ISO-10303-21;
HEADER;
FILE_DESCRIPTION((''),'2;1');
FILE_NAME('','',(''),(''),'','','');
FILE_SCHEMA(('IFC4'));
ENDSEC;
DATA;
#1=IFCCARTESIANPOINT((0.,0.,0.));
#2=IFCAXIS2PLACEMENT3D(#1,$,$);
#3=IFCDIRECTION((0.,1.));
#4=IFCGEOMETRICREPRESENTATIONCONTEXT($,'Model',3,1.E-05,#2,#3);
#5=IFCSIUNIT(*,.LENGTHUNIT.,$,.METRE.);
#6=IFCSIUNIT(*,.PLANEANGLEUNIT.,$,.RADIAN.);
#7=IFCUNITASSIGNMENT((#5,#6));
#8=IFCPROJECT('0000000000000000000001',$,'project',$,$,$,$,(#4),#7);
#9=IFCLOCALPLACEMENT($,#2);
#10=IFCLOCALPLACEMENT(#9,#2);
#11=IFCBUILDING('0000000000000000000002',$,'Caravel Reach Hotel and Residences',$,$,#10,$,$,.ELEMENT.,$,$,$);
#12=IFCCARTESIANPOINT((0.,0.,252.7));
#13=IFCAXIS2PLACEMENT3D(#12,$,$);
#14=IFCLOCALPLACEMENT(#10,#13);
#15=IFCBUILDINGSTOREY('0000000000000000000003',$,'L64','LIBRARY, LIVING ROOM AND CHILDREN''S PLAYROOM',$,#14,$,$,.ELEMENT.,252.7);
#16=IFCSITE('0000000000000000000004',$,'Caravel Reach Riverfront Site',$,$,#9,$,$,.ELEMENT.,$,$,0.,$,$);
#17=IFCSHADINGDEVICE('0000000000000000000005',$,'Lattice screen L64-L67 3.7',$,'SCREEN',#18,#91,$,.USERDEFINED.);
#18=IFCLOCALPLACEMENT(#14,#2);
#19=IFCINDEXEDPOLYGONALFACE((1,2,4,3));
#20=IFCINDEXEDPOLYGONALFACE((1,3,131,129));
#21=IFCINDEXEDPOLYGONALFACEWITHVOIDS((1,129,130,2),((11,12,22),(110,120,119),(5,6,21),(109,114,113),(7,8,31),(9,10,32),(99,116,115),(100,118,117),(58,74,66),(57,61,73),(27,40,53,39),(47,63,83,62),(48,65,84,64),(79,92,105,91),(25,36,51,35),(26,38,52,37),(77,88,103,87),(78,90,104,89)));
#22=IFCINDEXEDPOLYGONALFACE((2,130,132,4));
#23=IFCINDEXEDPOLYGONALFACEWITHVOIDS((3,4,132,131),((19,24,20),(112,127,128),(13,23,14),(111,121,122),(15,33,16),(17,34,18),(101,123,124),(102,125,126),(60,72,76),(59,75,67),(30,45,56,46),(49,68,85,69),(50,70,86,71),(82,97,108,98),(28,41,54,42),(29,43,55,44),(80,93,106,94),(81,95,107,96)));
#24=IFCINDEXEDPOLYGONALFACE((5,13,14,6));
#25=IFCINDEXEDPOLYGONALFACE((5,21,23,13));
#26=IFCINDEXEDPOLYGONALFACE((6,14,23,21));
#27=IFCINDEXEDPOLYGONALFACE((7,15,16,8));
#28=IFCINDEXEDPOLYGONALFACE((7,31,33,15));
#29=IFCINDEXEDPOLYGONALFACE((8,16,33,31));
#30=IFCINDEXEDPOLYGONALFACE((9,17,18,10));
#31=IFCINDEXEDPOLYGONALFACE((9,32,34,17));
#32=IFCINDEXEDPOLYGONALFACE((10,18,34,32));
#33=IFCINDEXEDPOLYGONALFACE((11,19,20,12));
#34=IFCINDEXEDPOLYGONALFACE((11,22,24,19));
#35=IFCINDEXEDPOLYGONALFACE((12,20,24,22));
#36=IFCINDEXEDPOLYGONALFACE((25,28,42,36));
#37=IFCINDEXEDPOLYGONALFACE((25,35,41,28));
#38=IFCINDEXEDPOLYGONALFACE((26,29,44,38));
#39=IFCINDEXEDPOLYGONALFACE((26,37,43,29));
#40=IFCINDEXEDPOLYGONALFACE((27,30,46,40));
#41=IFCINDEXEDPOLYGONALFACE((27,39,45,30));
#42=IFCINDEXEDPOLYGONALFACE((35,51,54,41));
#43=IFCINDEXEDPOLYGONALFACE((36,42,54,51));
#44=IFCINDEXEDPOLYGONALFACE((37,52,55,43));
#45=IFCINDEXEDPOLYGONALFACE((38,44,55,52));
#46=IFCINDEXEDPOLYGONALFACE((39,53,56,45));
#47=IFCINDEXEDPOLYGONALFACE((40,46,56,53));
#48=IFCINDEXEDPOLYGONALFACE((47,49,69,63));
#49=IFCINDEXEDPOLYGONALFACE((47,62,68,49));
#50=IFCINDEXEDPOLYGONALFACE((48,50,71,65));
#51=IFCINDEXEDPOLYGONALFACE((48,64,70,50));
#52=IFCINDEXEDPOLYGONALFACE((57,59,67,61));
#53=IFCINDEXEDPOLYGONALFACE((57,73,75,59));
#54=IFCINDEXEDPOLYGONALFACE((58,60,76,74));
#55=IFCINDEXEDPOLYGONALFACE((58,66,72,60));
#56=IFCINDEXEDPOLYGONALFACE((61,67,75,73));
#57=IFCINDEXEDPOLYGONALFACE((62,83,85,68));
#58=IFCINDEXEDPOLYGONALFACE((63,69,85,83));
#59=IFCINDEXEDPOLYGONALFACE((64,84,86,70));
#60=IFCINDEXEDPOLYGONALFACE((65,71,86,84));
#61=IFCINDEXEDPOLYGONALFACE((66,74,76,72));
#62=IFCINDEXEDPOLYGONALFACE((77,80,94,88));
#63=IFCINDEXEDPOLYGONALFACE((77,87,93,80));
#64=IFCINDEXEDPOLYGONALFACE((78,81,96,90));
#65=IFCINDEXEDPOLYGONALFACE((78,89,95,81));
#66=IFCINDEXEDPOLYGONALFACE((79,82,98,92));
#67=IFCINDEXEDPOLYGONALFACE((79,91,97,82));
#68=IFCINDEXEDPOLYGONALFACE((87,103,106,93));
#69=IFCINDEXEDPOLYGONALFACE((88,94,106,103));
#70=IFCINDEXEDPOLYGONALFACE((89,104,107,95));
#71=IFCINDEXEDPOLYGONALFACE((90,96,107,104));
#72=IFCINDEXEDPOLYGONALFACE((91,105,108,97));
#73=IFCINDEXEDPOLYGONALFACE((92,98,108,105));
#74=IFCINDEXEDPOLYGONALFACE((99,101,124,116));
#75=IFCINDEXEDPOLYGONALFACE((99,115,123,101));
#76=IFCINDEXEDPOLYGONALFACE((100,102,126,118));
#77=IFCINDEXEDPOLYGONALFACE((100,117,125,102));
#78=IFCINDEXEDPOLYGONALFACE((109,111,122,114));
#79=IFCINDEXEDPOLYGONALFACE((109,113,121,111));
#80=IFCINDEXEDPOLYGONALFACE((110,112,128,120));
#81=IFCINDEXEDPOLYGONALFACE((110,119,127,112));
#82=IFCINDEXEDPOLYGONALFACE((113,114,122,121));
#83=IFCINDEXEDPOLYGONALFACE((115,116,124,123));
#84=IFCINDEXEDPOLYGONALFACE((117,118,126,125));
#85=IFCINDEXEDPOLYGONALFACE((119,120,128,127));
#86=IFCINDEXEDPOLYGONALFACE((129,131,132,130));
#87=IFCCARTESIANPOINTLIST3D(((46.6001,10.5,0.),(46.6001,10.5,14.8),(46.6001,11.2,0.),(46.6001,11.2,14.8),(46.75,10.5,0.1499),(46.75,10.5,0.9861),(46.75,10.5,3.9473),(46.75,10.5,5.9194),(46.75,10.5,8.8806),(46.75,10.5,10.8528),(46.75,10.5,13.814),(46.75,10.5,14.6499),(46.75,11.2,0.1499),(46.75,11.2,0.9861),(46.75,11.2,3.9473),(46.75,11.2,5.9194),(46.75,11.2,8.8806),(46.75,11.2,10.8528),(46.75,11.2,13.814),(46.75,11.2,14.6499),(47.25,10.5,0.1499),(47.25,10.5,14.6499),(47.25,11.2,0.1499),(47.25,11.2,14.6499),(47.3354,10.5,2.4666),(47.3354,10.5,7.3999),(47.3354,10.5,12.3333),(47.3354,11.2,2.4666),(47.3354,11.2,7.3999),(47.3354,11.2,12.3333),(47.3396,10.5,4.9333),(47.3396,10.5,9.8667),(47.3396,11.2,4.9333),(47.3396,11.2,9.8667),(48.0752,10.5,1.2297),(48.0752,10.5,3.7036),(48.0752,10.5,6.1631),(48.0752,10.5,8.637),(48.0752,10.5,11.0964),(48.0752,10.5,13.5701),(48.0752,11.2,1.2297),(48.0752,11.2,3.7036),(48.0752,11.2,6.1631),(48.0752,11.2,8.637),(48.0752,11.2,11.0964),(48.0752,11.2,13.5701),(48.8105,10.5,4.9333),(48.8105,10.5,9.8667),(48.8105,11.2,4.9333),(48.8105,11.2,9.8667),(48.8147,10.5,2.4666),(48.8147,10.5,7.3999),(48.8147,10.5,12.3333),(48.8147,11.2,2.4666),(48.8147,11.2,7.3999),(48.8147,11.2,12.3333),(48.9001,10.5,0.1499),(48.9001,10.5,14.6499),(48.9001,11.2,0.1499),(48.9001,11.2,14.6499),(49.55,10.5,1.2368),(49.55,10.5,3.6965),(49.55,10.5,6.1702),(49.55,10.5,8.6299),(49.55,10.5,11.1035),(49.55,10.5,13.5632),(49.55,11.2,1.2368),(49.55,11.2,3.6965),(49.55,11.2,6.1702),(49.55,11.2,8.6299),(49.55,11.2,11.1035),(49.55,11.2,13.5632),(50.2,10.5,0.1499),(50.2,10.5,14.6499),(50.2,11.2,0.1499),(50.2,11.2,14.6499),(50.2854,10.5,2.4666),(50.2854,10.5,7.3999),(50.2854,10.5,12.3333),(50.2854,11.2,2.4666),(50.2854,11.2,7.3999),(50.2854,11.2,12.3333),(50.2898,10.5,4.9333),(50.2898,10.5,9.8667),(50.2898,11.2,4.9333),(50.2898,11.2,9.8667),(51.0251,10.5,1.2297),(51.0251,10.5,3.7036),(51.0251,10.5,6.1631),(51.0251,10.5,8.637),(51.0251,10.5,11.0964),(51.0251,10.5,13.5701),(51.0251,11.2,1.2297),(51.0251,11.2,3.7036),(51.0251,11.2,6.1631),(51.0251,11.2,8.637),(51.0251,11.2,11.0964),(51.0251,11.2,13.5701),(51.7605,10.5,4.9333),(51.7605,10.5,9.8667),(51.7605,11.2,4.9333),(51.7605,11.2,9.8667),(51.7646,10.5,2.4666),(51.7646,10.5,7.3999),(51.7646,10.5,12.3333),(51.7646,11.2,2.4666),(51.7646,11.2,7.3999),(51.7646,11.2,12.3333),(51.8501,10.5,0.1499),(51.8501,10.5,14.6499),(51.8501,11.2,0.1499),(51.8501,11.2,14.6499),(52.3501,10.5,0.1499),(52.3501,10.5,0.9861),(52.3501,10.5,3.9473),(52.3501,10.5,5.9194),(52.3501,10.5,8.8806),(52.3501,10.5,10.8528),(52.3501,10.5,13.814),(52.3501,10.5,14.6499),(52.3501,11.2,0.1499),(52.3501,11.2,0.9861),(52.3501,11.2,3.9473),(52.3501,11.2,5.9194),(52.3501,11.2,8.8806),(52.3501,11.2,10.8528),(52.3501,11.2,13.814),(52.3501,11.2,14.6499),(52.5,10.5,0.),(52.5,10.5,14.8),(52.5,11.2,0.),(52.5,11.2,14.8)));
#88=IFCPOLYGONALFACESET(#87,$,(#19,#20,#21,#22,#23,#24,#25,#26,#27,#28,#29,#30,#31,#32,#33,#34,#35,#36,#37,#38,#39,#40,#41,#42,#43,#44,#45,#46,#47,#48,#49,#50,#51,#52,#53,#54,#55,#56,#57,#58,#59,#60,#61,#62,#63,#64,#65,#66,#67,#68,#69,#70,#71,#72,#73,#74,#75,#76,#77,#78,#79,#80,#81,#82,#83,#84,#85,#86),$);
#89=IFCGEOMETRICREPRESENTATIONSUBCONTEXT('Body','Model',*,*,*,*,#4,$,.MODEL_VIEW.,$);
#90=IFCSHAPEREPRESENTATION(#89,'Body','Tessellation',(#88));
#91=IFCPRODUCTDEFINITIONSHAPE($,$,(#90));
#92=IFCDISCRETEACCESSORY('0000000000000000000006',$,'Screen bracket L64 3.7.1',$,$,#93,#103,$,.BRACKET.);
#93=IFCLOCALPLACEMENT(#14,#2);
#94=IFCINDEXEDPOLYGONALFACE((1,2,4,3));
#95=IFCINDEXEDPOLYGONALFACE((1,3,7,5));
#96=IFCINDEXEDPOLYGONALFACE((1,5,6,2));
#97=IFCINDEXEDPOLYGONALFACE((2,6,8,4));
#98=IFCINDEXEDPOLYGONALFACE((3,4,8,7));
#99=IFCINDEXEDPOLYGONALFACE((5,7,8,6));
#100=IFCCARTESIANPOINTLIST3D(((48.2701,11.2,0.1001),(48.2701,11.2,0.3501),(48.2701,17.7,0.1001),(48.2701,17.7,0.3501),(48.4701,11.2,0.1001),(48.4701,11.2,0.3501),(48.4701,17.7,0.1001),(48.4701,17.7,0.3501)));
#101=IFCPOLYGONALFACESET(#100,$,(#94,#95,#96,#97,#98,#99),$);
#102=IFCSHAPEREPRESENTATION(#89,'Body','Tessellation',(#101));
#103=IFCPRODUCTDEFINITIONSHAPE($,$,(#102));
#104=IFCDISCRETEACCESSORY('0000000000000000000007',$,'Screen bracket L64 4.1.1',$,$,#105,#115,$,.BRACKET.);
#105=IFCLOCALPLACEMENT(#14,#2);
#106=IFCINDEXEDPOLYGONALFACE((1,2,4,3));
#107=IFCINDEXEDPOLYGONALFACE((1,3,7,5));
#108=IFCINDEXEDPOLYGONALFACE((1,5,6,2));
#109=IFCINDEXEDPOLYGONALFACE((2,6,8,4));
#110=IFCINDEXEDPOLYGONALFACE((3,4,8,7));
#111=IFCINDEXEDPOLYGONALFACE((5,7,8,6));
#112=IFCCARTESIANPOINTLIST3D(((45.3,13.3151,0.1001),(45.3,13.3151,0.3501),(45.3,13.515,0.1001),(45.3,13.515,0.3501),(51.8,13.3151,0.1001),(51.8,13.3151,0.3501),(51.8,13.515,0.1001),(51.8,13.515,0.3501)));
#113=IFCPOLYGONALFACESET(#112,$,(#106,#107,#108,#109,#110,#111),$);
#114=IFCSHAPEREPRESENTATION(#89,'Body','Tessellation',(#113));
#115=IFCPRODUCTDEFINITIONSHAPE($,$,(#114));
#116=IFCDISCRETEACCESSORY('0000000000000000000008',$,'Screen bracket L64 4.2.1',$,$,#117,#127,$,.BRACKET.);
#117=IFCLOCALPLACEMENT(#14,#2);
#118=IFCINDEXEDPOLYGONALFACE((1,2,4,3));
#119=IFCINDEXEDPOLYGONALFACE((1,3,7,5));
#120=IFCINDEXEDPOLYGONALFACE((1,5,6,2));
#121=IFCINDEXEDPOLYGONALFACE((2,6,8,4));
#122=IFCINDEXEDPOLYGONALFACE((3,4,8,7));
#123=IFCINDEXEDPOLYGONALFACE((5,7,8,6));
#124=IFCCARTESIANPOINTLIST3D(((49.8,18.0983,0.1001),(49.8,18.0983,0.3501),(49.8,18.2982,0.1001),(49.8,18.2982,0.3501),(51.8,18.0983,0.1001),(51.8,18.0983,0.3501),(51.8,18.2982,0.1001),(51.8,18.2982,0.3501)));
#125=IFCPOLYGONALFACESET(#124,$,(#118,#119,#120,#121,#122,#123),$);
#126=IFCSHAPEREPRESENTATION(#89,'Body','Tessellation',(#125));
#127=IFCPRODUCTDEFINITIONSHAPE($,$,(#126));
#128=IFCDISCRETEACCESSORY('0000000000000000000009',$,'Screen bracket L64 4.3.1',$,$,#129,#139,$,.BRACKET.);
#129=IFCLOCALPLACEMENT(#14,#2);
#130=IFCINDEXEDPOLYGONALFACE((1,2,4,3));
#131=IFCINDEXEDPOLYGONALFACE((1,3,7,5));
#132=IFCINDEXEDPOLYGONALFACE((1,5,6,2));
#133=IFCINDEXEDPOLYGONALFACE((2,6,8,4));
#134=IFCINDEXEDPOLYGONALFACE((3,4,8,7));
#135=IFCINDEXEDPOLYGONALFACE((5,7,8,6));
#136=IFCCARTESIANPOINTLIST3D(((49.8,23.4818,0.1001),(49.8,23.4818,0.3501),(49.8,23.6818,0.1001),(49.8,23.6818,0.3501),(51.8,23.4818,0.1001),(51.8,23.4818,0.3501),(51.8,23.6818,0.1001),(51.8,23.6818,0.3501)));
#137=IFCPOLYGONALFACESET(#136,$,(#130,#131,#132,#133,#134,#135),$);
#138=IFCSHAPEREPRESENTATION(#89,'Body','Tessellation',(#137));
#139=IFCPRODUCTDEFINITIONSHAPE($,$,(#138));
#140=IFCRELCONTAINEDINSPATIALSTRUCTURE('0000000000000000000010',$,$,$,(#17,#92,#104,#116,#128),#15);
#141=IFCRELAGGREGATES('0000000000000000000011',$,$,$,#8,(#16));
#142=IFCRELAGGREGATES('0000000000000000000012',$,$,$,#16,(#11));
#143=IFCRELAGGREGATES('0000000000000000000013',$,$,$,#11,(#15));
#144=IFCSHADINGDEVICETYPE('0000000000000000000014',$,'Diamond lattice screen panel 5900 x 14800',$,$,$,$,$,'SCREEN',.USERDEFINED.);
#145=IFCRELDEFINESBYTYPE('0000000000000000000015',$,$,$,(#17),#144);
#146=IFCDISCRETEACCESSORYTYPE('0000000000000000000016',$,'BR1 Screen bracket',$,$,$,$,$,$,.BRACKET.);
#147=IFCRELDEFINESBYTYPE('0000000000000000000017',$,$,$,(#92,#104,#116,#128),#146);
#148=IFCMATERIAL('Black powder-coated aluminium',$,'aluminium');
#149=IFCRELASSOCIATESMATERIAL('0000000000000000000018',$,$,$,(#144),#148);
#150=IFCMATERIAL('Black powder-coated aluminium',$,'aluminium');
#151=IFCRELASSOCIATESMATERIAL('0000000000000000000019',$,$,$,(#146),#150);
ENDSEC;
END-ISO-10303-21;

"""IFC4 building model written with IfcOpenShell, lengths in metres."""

from ifc_helpers import new_model, si_unit, direction, frame, origin, origin_2d, place, context, subcontext, project, spatial, polyline, rectangle, outline, extrude, material, type_object, element, save


model = new_model("IFC4")

# Units and contexts
model_context = context("Model", 3, precision=1e-05, world=origin(), true_north=direction((0.0, 1.0)))
body_context = subcontext(model_context, "Body", "Model", "MODEL_VIEW")
ifc_project = project(units=[si_unit("LENGTHUNIT", "METRE"), si_unit("PLANEANGLEUNIT", "RADIAN")], contexts=[model_context])

# Site, building, storey
site_placement = place(None, origin())
site = spatial("IfcSite", under=ifc_project, at=site_placement, Name="Caravel Reach Riverfront Site", CompositionType="ELEMENT", RefElevation=0.0)
building_placement = place(site_placement, origin())
building = spatial("IfcBuilding", under=site, at=building_placement, Name="Caravel Reach Hotel and Residences", CompositionType="ELEMENT")
storey_placement = place(building_placement, frame((0.0, 0.0, 252.7)))
storey = spatial("IfcBuildingStorey", under=building, at=storey_placement, Name="L64", Description="LIBRARY, LIVING ROOM AND CHILDREN'S PLAYROOM", CompositionType="ELEMENT", Elevation=252.7)

# Shading device
ifc_material_1 = material(Name="Black powder-coated aluminium", Category="aluminium")
shading_device_type_1 = type_object("IfcShadingDeviceType", Name="Diamond lattice screen panel 5900 x 14800", ElementType="SCREEN", PredefinedType="USERDEFINED", material=ifc_material_1)
shading_device_1_placement = place(storey_placement, frame((46.6001, 11.2, 0.0), z_axis=(0.0, -1.0, 0.0), x_axis=(1.0, 0.0, 0.0)))
element("IfcShadingDevice", 1, at=shading_device_1_placement, inside=storey, type_object=shading_device_type_1, Name="Lattice screen L64-L67 3.7", ObjectType="SCREEN", PredefinedType="USERDEFINED", context=body_context, shape_type="SweptSolid", body=[
    extrude(outline(polyline([(0.0, 0.0), (5.8999, 0.0), (5.8999, 14.8), (0.0, 14.8), (0.0, 0.0)]), holes=[polyline([(0.6499, 0.1499), (0.1499, 0.9861), (0.1499, 0.1499), (0.6499, 0.1499)]), polyline([(0.7395, 4.9333), (0.1499, 5.9194), (0.1499, 3.9473), (0.7395, 4.9333)]), polyline([(0.7395, 9.8667), (0.1499, 10.8528), (0.1499, 8.8806), (0.7395, 9.8667)]), polyline([(0.1499, 13.814), (0.6499, 14.6499), (0.1499, 14.6499), (0.1499, 13.814)]), polyline([(1.4751, 3.7036), (0.7354, 2.4666), (1.4751, 1.2297), (2.2146, 2.4666), (1.4751, 3.7036)]), polyline([(1.4751, 8.637), (0.7354, 7.3999), (1.4751, 6.1631), (2.2146, 7.3999), (1.4751, 8.637)]), polyline([(1.4751, 13.5701), (0.7354, 12.3333), (1.4751, 11.0964), (2.2146, 12.3333), (1.4751, 13.5701)]), polyline([(2.95, 1.2368), (2.3, 0.1499), (3.5999, 0.1499), (2.95, 1.2368)]), polyline([(2.95, 6.1702), (2.2104, 4.9333), (2.95, 3.6965), (3.6897, 4.9333), (2.95, 6.1702)]), polyline([(2.95, 11.1035), (2.2104, 9.8667), (2.95, 8.6299), (3.6897, 9.8667), (2.95, 11.1035)]), polyline([(2.95, 13.5632), (3.5999, 14.6499), (2.3, 14.6499), (2.95, 13.5632)]), polyline([(4.425, 3.7036), (3.6853, 2.4666), (4.425, 1.2297), (5.1646, 2.4666), (4.425, 3.7036)]), polyline([(4.425, 8.637), (3.6853, 7.3999), (4.425, 6.1631), (5.1646, 7.3999), (4.425, 8.637)]), polyline([(4.425, 13.5701), (3.6853, 12.3333), (4.425, 11.0964), (5.1646, 12.3333), (4.425, 13.5701)]), polyline([(5.75, 0.9861), (5.25, 0.1499), (5.75, 0.1499), (5.75, 0.9861)]), polyline([(5.1604, 4.9333), (5.75, 3.9473), (5.75, 5.9194), (5.1604, 4.9333)]), polyline([(5.1604, 9.8667), (5.75, 8.8806), (5.75, 10.8528), (5.1604, 9.8667)]), polyline([(5.25, 14.6499), (5.75, 13.814), (5.75, 14.6499), (5.25, 14.6499)])]), origin(), (0.0, 0.0, 1.0), 0.7),
])

# Discrete accessories
ifc_material_2 = material(Name="Black powder-coated aluminium", Category="aluminium")
discrete_accessory_type = type_object("IfcDiscreteAccessoryType", Name="BR1 Screen bracket", PredefinedType="BRACKET", material=ifc_material_2)
for number, where, z_axis, x_axis, name in (
    (2, (48.3701, 14.45, 0.1001), (0.0, 0.0, 1.0), (0.0, -1.0, 0.0), "Screen bracket L64 3.7.1"),
    (3, (48.55, 13.415, 0.1001), (0.0, 0.0, 1.0), (1.0, 0.0, 0.0), "Screen bracket L64 4.1.1"),
):
    element("IfcDiscreteAccessory", number, at=place(storey_placement, frame(where, z_axis=z_axis, x_axis=x_axis)), inside=storey, type_object=discrete_accessory_type, Name=name, PredefinedType="BRACKET", context=body_context, shape_type="SweptSolid", body=[
        extrude(rectangle(XDim=6.5, YDim=0.2, at=origin_2d()), origin(), (0.0, 0.0, 1.0), 0.25),
    ])
for number, where, z_axis, x_axis, name in (
    (4, (50.8, 18.1982, 0.1001), (0.0, 0.0, 1.0), (1.0, 0.0, 0.0), "Screen bracket L64 4.2.1"),
    (5, (50.8, 23.5818, 0.1001), (0.0, 0.0, 1.0), (1.0, 0.0, 0.0), "Screen bracket L64 4.3.1"),
):
    element("IfcDiscreteAccessory", number, at=place(storey_placement, frame(where, z_axis=z_axis, x_axis=x_axis)), inside=storey, type_object=discrete_accessory_type, Name=name, PredefinedType="BRACKET", context=body_context, shape_type="SweptSolid", body=[
        extrude(rectangle(XDim=2.0, YDim=0.2, at=origin_2d()), origin(), (0.0, 0.0, 1.0), 0.25),
    ])

save(model, "model.ifc")
